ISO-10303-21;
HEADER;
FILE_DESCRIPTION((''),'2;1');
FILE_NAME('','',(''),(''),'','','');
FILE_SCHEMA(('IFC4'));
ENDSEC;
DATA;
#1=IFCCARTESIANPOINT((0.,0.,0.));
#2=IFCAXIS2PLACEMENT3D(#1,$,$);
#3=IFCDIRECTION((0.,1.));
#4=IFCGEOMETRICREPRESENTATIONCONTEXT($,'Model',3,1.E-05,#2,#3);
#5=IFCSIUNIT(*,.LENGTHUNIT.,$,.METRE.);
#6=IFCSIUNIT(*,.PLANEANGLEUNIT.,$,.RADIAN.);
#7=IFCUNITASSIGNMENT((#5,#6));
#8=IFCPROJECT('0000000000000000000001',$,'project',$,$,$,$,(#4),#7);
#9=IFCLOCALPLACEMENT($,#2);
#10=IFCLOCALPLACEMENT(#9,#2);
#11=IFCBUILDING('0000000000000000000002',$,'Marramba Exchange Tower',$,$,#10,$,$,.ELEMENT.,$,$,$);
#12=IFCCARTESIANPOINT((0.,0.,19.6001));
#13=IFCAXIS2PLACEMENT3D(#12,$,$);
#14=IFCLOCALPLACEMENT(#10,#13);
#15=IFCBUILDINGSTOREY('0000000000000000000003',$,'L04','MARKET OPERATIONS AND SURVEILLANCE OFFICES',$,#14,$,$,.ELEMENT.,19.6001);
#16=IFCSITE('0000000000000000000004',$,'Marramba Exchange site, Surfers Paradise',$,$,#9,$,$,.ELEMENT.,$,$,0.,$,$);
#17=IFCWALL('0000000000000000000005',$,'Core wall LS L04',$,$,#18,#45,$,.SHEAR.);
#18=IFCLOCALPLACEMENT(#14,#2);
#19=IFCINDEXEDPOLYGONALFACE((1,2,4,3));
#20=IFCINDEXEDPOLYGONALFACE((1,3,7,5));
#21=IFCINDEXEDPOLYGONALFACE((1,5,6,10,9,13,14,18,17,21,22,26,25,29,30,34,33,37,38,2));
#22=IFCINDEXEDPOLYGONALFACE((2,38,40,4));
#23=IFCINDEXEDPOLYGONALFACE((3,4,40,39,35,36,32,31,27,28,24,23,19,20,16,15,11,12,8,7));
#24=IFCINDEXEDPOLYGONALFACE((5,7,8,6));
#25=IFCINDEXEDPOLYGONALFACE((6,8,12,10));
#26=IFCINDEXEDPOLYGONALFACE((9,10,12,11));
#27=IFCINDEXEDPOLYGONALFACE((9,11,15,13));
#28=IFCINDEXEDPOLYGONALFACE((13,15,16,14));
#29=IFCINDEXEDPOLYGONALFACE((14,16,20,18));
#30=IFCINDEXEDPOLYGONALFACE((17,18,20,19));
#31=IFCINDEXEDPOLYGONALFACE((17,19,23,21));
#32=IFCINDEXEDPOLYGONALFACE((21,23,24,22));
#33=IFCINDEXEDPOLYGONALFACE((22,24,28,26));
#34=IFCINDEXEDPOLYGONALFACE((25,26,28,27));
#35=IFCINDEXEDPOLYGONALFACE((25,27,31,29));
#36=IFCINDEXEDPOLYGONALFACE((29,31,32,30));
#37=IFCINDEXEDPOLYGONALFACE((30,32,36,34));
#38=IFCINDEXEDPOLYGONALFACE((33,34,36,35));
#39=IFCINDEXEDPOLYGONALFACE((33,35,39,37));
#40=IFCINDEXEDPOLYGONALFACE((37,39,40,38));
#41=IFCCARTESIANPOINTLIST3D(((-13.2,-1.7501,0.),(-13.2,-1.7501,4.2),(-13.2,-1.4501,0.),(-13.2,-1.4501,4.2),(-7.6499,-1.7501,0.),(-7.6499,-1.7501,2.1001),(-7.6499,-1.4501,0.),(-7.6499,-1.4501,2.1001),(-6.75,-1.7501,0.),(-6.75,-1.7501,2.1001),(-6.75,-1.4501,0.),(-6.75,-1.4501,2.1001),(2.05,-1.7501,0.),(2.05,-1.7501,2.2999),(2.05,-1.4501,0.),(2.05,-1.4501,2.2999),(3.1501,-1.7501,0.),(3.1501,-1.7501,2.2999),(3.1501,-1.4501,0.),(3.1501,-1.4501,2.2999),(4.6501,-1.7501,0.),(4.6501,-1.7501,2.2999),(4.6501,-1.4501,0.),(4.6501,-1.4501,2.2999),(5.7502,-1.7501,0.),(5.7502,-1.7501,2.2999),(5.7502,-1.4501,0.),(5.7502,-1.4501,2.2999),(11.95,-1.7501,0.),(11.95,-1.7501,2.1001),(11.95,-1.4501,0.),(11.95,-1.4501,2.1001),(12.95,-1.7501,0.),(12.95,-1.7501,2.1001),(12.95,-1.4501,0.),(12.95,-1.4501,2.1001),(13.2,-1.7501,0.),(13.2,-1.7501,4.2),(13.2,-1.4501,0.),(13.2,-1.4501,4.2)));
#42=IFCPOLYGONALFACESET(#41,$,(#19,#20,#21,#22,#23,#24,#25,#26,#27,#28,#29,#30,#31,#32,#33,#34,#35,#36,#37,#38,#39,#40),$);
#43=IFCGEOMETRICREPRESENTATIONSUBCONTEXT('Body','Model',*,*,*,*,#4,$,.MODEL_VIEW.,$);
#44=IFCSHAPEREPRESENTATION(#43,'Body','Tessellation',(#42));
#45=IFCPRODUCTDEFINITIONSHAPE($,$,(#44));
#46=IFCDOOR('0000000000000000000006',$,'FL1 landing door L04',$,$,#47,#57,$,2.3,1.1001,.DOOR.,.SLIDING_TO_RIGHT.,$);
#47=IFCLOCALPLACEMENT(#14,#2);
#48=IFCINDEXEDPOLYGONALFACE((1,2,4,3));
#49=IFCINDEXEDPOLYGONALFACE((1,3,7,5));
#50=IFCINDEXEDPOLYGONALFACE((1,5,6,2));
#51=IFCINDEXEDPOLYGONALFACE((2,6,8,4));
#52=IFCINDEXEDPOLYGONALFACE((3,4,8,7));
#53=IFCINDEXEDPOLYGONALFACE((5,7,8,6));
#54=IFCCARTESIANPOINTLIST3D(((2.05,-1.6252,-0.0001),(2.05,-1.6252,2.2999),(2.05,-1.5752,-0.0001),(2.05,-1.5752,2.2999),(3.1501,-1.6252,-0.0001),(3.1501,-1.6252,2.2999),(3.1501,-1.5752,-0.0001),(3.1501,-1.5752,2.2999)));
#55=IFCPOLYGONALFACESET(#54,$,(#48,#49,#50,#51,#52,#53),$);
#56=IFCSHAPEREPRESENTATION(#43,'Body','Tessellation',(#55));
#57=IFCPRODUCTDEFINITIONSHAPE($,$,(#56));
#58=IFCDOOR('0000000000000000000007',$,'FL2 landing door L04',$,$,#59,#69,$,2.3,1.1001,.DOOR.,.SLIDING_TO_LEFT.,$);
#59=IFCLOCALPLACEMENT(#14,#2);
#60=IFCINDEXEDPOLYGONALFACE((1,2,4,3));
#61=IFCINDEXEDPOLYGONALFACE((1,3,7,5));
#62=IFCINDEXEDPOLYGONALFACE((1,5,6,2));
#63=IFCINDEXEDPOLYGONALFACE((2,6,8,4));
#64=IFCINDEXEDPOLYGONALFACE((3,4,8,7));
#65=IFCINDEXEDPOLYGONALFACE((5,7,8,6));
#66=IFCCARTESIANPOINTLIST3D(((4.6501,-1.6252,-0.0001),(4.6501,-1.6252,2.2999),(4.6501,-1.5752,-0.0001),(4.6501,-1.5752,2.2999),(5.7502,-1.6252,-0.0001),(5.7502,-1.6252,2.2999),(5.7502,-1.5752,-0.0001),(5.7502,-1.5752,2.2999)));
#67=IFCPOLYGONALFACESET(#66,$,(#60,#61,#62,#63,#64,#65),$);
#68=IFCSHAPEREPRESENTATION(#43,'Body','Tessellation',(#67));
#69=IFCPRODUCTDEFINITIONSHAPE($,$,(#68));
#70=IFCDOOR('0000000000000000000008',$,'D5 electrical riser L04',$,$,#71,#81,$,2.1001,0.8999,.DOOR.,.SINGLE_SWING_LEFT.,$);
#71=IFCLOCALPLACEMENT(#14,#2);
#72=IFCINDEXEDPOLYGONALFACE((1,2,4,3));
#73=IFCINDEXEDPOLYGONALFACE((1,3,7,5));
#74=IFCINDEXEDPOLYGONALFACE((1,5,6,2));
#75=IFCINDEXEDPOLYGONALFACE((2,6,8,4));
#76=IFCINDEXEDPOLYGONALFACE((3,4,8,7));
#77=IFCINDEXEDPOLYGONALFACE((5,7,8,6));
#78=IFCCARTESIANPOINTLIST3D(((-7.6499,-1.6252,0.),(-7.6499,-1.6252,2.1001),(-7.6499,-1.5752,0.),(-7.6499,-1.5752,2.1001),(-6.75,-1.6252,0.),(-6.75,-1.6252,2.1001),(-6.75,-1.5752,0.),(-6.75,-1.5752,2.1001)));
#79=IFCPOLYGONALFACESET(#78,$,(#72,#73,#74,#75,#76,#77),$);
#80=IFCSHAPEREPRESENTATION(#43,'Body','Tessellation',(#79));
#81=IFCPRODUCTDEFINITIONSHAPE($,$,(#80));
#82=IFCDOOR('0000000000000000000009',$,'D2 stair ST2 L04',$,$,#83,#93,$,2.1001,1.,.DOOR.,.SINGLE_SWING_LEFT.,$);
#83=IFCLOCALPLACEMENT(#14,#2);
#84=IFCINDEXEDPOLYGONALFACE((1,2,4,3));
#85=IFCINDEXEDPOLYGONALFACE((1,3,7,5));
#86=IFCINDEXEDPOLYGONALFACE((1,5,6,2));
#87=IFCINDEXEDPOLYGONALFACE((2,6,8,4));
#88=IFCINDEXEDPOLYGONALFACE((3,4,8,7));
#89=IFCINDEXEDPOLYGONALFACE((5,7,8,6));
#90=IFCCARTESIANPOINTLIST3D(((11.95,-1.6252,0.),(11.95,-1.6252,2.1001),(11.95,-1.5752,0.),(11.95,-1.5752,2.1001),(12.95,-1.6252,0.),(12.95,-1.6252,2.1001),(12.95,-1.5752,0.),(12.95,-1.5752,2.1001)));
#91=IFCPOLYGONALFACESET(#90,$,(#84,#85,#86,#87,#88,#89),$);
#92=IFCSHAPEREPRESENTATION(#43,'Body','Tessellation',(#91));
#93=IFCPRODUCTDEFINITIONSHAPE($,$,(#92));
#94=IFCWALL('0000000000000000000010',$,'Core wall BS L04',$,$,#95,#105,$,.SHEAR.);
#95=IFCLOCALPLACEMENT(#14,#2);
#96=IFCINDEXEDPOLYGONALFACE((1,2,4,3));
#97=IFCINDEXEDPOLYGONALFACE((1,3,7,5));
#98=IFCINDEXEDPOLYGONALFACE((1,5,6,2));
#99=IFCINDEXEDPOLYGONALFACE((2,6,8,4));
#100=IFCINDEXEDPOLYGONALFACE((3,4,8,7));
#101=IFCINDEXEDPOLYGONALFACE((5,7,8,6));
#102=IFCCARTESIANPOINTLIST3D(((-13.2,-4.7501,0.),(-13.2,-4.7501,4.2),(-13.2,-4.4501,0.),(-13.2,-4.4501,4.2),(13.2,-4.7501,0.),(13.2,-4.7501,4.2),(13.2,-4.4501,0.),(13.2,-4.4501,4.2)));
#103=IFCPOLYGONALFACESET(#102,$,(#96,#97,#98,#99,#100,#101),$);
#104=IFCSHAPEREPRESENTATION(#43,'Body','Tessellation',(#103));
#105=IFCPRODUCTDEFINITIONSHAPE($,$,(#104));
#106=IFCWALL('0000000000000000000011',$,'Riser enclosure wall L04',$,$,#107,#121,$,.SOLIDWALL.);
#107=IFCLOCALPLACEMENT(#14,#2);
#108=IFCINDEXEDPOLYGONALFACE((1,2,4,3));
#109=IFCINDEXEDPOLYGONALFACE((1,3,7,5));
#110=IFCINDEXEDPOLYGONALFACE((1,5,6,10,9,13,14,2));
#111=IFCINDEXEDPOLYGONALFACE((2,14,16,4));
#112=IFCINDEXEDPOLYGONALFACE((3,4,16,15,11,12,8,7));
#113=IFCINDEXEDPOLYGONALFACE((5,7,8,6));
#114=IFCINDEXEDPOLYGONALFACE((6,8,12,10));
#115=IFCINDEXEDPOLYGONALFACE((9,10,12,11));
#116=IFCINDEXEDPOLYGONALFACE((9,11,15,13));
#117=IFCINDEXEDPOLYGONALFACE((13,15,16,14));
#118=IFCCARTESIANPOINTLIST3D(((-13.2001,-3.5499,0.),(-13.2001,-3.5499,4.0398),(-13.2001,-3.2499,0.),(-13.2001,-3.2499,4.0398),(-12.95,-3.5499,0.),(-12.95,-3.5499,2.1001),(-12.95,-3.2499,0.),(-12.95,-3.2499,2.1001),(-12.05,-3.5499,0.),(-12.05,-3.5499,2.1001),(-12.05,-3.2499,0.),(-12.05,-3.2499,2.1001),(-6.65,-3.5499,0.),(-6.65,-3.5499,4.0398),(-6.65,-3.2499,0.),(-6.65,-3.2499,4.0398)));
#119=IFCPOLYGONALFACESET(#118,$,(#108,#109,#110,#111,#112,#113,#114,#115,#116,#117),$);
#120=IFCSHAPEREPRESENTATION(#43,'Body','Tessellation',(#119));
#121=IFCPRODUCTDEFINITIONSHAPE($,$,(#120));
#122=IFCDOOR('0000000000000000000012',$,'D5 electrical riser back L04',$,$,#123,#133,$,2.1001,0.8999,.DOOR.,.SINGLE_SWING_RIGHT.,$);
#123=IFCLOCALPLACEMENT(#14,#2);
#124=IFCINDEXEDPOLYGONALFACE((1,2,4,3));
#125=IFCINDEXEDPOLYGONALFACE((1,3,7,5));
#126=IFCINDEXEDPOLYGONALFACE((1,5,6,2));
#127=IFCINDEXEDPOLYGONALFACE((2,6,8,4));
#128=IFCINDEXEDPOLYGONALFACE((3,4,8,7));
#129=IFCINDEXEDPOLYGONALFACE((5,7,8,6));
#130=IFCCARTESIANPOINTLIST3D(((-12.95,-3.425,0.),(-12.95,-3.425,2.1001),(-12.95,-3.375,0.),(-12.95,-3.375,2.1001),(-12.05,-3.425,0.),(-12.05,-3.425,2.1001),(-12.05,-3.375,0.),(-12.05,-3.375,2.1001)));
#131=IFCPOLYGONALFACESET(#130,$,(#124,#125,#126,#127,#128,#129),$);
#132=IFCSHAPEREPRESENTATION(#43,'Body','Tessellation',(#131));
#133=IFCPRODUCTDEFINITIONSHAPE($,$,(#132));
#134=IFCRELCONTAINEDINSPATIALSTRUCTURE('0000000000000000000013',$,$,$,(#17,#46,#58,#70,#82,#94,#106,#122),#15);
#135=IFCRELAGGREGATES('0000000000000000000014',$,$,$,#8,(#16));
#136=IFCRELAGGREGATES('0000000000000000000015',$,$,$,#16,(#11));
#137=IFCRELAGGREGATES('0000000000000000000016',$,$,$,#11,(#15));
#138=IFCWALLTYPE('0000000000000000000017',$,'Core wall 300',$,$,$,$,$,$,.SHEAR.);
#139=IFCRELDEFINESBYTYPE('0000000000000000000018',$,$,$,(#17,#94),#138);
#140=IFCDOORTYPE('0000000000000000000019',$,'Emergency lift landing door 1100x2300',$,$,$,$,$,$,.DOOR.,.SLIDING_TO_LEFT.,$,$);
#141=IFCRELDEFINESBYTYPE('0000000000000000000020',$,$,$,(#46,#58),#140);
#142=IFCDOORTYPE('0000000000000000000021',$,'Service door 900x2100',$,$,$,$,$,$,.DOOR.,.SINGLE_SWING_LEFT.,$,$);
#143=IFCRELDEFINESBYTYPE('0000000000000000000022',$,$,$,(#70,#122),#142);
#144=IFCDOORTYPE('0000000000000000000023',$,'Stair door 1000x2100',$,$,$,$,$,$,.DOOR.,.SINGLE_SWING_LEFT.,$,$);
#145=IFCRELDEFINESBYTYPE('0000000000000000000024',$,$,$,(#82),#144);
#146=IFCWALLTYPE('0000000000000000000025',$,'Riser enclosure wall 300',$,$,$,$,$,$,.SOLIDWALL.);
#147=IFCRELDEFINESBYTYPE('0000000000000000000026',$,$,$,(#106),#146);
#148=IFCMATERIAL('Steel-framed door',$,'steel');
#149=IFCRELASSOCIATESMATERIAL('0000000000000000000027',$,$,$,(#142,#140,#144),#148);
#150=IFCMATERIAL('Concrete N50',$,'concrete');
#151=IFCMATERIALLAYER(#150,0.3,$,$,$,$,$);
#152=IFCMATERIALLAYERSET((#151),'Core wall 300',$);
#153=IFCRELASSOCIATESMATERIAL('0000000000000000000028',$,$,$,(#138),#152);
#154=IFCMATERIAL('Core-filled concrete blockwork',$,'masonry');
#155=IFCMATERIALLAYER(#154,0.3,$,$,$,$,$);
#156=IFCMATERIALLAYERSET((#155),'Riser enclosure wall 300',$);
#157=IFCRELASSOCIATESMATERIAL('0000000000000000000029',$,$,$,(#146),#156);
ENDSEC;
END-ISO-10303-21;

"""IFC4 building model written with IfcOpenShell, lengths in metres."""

from ifc_helpers import new_model, si_unit, direction, frame, frame_2d, origin, place, context, subcontext, project, spatial, rectangle, extrude, material, layer, layer_set, type_object, element, fill, save


model = new_model("IFC4")

# Units and contexts
model_context = context("Model", 3, precision=1e-05, world=origin(), true_north=direction((0.0, 1.0)))
body_context = subcontext(model_context, "Body", "Model", "MODEL_VIEW")
ifc_project = project(units=[si_unit("LENGTHUNIT", "METRE"), si_unit("PLANEANGLEUNIT", "RADIAN")], contexts=[model_context])

# Site, building, storey
site_placement = place(None, origin())
site = spatial("IfcSite", under=ifc_project, at=site_placement, Name="Marramba Exchange site, Surfers Paradise", CompositionType="ELEMENT", RefElevation=0.0)
building_placement = place(site_placement, origin())
building = spatial("IfcBuilding", under=site, at=building_placement, Name="Marramba Exchange Tower", CompositionType="ELEMENT")
storey_placement = place(building_placement, frame((0.0, 0.0, 19.6001)))
storey = spatial("IfcBuildingStorey", under=building, at=storey_placement, Name="L04", Description="MARKET OPERATIONS AND SURVEILLANCE OFFICES", CompositionType="ELEMENT", Elevation=19.6001)

# Shared definitions
ifc_material_1 = material(Name="Concrete N50", Category="concrete")

# Wall, openings, doors
ifc_material_2 = material(Name="Steel-framed door", Category="steel")
door_type_1 = type_object("IfcDoorType", Name="Service door 900x2100", OperationType="SINGLE_SWING_LEFT", PredefinedType="DOOR", material=ifc_material_2)
ifc_layer_1 = layer(ifc_material_1, 0.3)
ifc_layer_set_1 = layer_set([ifc_layer_1], Name="Core wall 300")
wall_type_1 = type_object("IfcWallType", Name="Core wall 300", PredefinedType="SHEAR", material=ifc_layer_set_1)
wall_1_placement = place(storey_placement, frame((-13.2, -1.6001, 0.0), z_axis=(0.0, 0.0, 1.0), x_axis=(1.0, 0.0, 0.0)))
wall_1 = element("IfcWall", 1, at=wall_1_placement, inside=storey, type_object=wall_type_1, Name="Core wall LS L04", PredefinedType="SHEAR", context=body_context, shape_type="SweptSolid", body=[
    extrude(rectangle(XDim=26.3999, YDim=0.3, at=frame_2d((13.2, 0.0))), origin(), (0.0, 0.0, 1.0), 4.2),
])
opening_1_placement = place(wall_1_placement, frame((25.1499, 0.0, 0.0)))
opening_1 = element("IfcOpeningElement", 2, at=opening_1_placement, cuts=wall_1, PredefinedType="OPENING", context=body_context, shape_type="SweptSolid", body=[
    extrude(rectangle(XDim=1.0, YDim=2.1001, at=frame_2d((0.5, 1.05))), frame((0.0, 0.1599, 0.0), z_axis=(0.0, -1.0, 0.0), x_axis=(1.0, 0.0, 0.0)), (0.0, 0.0, 1.0), 0.3201),
])
opening_2_placement = place(wall_1_placement, frame((15.25, 0.0, 0.0)))
opening_2 = element("IfcOpeningElement", 3, at=opening_2_placement, cuts=wall_1, PredefinedType="OPENING", context=body_context, shape_type="SweptSolid", body=[
    extrude(rectangle(XDim=1.1001, YDim=2.3, at=frame_2d((0.55, 1.1499))), frame((0.0, 0.1599, 0.0), z_axis=(0.0, -1.0, 0.0), x_axis=(1.0, 0.0, 0.0)), (0.0, 0.0, 1.0), 0.3201),
])
opening_3_placement = place(wall_1_placement, frame((17.8501, 0.0, 0.0)))
opening_3 = element("IfcOpeningElement", 4, at=opening_3_placement, cuts=wall_1, PredefinedType="OPENING", context=body_context, shape_type="SweptSolid", body=[
    extrude(rectangle(XDim=1.1001, YDim=2.3, at=frame_2d((0.55, 1.1499))), frame((0.0, 0.1599, 0.0), z_axis=(0.0, -1.0, 0.0), x_axis=(1.0, 0.0, 0.0)), (0.0, 0.0, 1.0), 0.3201),
])
opening_4_placement = place(wall_1_placement, frame((5.55, 0.0, 0.0)))
opening_4 = element("IfcOpeningElement", 5, at=opening_4_placement, cuts=wall_1, PredefinedType="OPENING", context=body_context, shape_type="SweptSolid", body=[
    extrude(rectangle(XDim=0.8999, YDim=2.1001, at=frame_2d((0.45, 1.05))), frame((0.0, 0.1599, 0.0), z_axis=(0.0, -1.0, 0.0), x_axis=(1.0, 0.0, 0.0)), (0.0, 0.0, 1.0), 0.3201),
])
door_type_2 = type_object("IfcDoorType", Name="Emergency lift landing door 1100x2300", OperationType="SLIDING_TO_LEFT", PredefinedType="DOOR", material=ifc_material_2)
door_1_placement = place(opening_2_placement, frame((1.1001, 0.0, 0.0), z_axis=(0.0, 0.0, 1.0), x_axis=(-1.0, 0.0, 0.0)))
door_1 = element("IfcDoor", 6, at=door_1_placement, inside=storey, type_object=door_type_2, Name="FL1 landing door L04", OperationType="SLIDING_TO_RIGHT", OverallHeight=2.3, OverallWidth=1.1001, PredefinedType="DOOR", context=body_context, shape_type="SweptSolid", body=[
    extrude(rectangle(XDim=1.1001, YDim=2.3, at=frame_2d((0.55, 1.1499))), frame((0.0, 0.0251, 0.0), z_axis=(0.0, -1.0, 0.0), x_axis=(1.0, 0.0, 0.0)), (0.0, 0.0, 1.0), 0.05),
])
fill(opening_2, door_1)
door_2_placement = place(opening_3_placement, frame((1.1001, 0.0, 0.0), z_axis=(0.0, 0.0, 1.0), x_axis=(-1.0, 0.0, 0.0)))
door_2 = element("IfcDoor", 7, at=door_2_placement, inside=storey, type_object=door_type_2, Name="FL2 landing door L04", OperationType="SLIDING_TO_LEFT", OverallHeight=2.3, OverallWidth=1.1001, PredefinedType="DOOR", context=body_context, shape_type="SweptSolid", body=[
    extrude(rectangle(XDim=1.1001, YDim=2.3, at=frame_2d((0.55, 1.1499))), frame((0.0, 0.0251, 0.0), z_axis=(0.0, -1.0, 0.0), x_axis=(1.0, 0.0, 0.0)), (0.0, 0.0, 1.0), 0.05),
])
fill(opening_3, door_2)
door_3_placement = place(opening_4_placement, frame((0.8999, 0.0, 0.0), z_axis=(0.0, 0.0, 1.0), x_axis=(-1.0, 0.0, 0.0)))
door_3 = element("IfcDoor", 8, at=door_3_placement, inside=storey, type_object=door_type_1, Name="D5 electrical riser L04", OperationType="SINGLE_SWING_LEFT", OverallHeight=2.1001, OverallWidth=0.8999, PredefinedType="DOOR", context=body_context, shape_type="SweptSolid", body=[
    extrude(rectangle(XDim=0.8999, YDim=2.1001, at=frame_2d((0.45, 1.05))), frame((0.0, 0.0251, 0.0), z_axis=(0.0, -1.0, 0.0), x_axis=(1.0, 0.0, 0.0)), (0.0, 0.0, 1.0), 0.05),
])
fill(opening_4, door_3)
door_type_3 = type_object("IfcDoorType", Name="Stair door 1000x2100", OperationType="SINGLE_SWING_LEFT", PredefinedType="DOOR", material=ifc_material_2)
door_4_placement = place(opening_1_placement, frame((1.0, 0.0, 0.0), z_axis=(0.0, 0.0, 1.0), x_axis=(-1.0, 0.0, 0.0)))
door_4 = element("IfcDoor", 9, at=door_4_placement, inside=storey, type_object=door_type_3, Name="D2 stair ST2 L04", OperationType="SINGLE_SWING_LEFT", OverallHeight=2.1001, OverallWidth=1.0, PredefinedType="DOOR", context=body_context, shape_type="SweptSolid", body=[
    extrude(rectangle(XDim=1.0, YDim=2.1001, at=frame_2d((0.5, 1.05))), frame((0.0, 0.0251, 0.0), z_axis=(0.0, -1.0, 0.0), x_axis=(1.0, 0.0, 0.0)), (0.0, 0.0, 1.0), 0.05),
])
fill(opening_1, door_4)

# Wall
wall_2_placement = place(storey_placement, frame((-13.2, -4.6001, 0.0), z_axis=(0.0, 0.0, 1.0), x_axis=(1.0, 0.0, 0.0)))
element("IfcWall", 10, at=wall_2_placement, inside=storey, type_object=wall_type_1, Name="Core wall BS L04", PredefinedType="SHEAR", context=body_context, shape_type="SweptSolid", body=[
    extrude(rectangle(XDim=26.3999, YDim=0.3, at=frame_2d((13.2, 0.0))), origin(), (0.0, 0.0, 1.0), 4.2),
])

# Wall, opening, door
ifc_material_3 = material(Name="Core-filled concrete blockwork", Category="masonry")
ifc_layer_2 = layer(ifc_material_3, 0.3)
ifc_layer_set_2 = layer_set([ifc_layer_2], Name="Riser enclosure wall 300")
wall_type_2 = type_object("IfcWallType", Name="Riser enclosure wall 300", PredefinedType="SOLIDWALL", material=ifc_layer_set_2)
wall_3_placement = place(storey_placement, frame((-13.2, -3.3999, 0.0), z_axis=(0.0, 0.0, 1.0), x_axis=(1.0, 0.0, 0.0)))
wall_3 = element("IfcWall", 11, at=wall_3_placement, inside=storey, type_object=wall_type_2, Name="Riser enclosure wall L04", PredefinedType="SOLIDWALL", context=body_context, shape_type="SweptSolid", body=[
    extrude(rectangle(XDim=6.55, YDim=0.3, at=frame_2d((3.2749, 0.0))), origin(), (0.0, 0.0, 1.0), 4.0398),
])
opening_5_placement = place(wall_3_placement, frame((0.25, 0.0, 0.0)))
opening_5 = element("IfcOpeningElement", 12, at=opening_5_placement, cuts=wall_3, PredefinedType="OPENING", context=body_context, shape_type="SweptSolid", body=[
    extrude(rectangle(XDim=0.8999, YDim=2.1001, at=frame_2d((0.45, 1.05))), frame((0.0, 0.1599, 0.0), z_axis=(0.0, -1.0, 0.0), x_axis=(1.0, 0.0, 0.0)), (0.0, 0.0, 1.0), 0.3201),
])
door_5_placement = place(opening_5_placement, frame((0.8999, 0.0, 0.0), z_axis=(0.0, 0.0, 1.0), x_axis=(-1.0, 0.0, 0.0)))
door_5 = element("IfcDoor", 13, at=door_5_placement, inside=storey, type_object=door_type_1, Name="D5 electrical riser back L04", OperationType="SINGLE_SWING_RIGHT", OverallHeight=2.1001, OverallWidth=0.8999, PredefinedType="DOOR", context=body_context, shape_type="SweptSolid", body=[
    extrude(rectangle(XDim=0.8999, YDim=2.1001, at=frame_2d((0.45, 1.05))), frame((0.0, 0.0251, 0.0), z_axis=(0.0, -1.0, 0.0), x_axis=(1.0, 0.0, 0.0)), (0.0, 0.0, 1.0), 0.05),
])
fill(opening_5, door_5)

save(model, "model.ifc")
